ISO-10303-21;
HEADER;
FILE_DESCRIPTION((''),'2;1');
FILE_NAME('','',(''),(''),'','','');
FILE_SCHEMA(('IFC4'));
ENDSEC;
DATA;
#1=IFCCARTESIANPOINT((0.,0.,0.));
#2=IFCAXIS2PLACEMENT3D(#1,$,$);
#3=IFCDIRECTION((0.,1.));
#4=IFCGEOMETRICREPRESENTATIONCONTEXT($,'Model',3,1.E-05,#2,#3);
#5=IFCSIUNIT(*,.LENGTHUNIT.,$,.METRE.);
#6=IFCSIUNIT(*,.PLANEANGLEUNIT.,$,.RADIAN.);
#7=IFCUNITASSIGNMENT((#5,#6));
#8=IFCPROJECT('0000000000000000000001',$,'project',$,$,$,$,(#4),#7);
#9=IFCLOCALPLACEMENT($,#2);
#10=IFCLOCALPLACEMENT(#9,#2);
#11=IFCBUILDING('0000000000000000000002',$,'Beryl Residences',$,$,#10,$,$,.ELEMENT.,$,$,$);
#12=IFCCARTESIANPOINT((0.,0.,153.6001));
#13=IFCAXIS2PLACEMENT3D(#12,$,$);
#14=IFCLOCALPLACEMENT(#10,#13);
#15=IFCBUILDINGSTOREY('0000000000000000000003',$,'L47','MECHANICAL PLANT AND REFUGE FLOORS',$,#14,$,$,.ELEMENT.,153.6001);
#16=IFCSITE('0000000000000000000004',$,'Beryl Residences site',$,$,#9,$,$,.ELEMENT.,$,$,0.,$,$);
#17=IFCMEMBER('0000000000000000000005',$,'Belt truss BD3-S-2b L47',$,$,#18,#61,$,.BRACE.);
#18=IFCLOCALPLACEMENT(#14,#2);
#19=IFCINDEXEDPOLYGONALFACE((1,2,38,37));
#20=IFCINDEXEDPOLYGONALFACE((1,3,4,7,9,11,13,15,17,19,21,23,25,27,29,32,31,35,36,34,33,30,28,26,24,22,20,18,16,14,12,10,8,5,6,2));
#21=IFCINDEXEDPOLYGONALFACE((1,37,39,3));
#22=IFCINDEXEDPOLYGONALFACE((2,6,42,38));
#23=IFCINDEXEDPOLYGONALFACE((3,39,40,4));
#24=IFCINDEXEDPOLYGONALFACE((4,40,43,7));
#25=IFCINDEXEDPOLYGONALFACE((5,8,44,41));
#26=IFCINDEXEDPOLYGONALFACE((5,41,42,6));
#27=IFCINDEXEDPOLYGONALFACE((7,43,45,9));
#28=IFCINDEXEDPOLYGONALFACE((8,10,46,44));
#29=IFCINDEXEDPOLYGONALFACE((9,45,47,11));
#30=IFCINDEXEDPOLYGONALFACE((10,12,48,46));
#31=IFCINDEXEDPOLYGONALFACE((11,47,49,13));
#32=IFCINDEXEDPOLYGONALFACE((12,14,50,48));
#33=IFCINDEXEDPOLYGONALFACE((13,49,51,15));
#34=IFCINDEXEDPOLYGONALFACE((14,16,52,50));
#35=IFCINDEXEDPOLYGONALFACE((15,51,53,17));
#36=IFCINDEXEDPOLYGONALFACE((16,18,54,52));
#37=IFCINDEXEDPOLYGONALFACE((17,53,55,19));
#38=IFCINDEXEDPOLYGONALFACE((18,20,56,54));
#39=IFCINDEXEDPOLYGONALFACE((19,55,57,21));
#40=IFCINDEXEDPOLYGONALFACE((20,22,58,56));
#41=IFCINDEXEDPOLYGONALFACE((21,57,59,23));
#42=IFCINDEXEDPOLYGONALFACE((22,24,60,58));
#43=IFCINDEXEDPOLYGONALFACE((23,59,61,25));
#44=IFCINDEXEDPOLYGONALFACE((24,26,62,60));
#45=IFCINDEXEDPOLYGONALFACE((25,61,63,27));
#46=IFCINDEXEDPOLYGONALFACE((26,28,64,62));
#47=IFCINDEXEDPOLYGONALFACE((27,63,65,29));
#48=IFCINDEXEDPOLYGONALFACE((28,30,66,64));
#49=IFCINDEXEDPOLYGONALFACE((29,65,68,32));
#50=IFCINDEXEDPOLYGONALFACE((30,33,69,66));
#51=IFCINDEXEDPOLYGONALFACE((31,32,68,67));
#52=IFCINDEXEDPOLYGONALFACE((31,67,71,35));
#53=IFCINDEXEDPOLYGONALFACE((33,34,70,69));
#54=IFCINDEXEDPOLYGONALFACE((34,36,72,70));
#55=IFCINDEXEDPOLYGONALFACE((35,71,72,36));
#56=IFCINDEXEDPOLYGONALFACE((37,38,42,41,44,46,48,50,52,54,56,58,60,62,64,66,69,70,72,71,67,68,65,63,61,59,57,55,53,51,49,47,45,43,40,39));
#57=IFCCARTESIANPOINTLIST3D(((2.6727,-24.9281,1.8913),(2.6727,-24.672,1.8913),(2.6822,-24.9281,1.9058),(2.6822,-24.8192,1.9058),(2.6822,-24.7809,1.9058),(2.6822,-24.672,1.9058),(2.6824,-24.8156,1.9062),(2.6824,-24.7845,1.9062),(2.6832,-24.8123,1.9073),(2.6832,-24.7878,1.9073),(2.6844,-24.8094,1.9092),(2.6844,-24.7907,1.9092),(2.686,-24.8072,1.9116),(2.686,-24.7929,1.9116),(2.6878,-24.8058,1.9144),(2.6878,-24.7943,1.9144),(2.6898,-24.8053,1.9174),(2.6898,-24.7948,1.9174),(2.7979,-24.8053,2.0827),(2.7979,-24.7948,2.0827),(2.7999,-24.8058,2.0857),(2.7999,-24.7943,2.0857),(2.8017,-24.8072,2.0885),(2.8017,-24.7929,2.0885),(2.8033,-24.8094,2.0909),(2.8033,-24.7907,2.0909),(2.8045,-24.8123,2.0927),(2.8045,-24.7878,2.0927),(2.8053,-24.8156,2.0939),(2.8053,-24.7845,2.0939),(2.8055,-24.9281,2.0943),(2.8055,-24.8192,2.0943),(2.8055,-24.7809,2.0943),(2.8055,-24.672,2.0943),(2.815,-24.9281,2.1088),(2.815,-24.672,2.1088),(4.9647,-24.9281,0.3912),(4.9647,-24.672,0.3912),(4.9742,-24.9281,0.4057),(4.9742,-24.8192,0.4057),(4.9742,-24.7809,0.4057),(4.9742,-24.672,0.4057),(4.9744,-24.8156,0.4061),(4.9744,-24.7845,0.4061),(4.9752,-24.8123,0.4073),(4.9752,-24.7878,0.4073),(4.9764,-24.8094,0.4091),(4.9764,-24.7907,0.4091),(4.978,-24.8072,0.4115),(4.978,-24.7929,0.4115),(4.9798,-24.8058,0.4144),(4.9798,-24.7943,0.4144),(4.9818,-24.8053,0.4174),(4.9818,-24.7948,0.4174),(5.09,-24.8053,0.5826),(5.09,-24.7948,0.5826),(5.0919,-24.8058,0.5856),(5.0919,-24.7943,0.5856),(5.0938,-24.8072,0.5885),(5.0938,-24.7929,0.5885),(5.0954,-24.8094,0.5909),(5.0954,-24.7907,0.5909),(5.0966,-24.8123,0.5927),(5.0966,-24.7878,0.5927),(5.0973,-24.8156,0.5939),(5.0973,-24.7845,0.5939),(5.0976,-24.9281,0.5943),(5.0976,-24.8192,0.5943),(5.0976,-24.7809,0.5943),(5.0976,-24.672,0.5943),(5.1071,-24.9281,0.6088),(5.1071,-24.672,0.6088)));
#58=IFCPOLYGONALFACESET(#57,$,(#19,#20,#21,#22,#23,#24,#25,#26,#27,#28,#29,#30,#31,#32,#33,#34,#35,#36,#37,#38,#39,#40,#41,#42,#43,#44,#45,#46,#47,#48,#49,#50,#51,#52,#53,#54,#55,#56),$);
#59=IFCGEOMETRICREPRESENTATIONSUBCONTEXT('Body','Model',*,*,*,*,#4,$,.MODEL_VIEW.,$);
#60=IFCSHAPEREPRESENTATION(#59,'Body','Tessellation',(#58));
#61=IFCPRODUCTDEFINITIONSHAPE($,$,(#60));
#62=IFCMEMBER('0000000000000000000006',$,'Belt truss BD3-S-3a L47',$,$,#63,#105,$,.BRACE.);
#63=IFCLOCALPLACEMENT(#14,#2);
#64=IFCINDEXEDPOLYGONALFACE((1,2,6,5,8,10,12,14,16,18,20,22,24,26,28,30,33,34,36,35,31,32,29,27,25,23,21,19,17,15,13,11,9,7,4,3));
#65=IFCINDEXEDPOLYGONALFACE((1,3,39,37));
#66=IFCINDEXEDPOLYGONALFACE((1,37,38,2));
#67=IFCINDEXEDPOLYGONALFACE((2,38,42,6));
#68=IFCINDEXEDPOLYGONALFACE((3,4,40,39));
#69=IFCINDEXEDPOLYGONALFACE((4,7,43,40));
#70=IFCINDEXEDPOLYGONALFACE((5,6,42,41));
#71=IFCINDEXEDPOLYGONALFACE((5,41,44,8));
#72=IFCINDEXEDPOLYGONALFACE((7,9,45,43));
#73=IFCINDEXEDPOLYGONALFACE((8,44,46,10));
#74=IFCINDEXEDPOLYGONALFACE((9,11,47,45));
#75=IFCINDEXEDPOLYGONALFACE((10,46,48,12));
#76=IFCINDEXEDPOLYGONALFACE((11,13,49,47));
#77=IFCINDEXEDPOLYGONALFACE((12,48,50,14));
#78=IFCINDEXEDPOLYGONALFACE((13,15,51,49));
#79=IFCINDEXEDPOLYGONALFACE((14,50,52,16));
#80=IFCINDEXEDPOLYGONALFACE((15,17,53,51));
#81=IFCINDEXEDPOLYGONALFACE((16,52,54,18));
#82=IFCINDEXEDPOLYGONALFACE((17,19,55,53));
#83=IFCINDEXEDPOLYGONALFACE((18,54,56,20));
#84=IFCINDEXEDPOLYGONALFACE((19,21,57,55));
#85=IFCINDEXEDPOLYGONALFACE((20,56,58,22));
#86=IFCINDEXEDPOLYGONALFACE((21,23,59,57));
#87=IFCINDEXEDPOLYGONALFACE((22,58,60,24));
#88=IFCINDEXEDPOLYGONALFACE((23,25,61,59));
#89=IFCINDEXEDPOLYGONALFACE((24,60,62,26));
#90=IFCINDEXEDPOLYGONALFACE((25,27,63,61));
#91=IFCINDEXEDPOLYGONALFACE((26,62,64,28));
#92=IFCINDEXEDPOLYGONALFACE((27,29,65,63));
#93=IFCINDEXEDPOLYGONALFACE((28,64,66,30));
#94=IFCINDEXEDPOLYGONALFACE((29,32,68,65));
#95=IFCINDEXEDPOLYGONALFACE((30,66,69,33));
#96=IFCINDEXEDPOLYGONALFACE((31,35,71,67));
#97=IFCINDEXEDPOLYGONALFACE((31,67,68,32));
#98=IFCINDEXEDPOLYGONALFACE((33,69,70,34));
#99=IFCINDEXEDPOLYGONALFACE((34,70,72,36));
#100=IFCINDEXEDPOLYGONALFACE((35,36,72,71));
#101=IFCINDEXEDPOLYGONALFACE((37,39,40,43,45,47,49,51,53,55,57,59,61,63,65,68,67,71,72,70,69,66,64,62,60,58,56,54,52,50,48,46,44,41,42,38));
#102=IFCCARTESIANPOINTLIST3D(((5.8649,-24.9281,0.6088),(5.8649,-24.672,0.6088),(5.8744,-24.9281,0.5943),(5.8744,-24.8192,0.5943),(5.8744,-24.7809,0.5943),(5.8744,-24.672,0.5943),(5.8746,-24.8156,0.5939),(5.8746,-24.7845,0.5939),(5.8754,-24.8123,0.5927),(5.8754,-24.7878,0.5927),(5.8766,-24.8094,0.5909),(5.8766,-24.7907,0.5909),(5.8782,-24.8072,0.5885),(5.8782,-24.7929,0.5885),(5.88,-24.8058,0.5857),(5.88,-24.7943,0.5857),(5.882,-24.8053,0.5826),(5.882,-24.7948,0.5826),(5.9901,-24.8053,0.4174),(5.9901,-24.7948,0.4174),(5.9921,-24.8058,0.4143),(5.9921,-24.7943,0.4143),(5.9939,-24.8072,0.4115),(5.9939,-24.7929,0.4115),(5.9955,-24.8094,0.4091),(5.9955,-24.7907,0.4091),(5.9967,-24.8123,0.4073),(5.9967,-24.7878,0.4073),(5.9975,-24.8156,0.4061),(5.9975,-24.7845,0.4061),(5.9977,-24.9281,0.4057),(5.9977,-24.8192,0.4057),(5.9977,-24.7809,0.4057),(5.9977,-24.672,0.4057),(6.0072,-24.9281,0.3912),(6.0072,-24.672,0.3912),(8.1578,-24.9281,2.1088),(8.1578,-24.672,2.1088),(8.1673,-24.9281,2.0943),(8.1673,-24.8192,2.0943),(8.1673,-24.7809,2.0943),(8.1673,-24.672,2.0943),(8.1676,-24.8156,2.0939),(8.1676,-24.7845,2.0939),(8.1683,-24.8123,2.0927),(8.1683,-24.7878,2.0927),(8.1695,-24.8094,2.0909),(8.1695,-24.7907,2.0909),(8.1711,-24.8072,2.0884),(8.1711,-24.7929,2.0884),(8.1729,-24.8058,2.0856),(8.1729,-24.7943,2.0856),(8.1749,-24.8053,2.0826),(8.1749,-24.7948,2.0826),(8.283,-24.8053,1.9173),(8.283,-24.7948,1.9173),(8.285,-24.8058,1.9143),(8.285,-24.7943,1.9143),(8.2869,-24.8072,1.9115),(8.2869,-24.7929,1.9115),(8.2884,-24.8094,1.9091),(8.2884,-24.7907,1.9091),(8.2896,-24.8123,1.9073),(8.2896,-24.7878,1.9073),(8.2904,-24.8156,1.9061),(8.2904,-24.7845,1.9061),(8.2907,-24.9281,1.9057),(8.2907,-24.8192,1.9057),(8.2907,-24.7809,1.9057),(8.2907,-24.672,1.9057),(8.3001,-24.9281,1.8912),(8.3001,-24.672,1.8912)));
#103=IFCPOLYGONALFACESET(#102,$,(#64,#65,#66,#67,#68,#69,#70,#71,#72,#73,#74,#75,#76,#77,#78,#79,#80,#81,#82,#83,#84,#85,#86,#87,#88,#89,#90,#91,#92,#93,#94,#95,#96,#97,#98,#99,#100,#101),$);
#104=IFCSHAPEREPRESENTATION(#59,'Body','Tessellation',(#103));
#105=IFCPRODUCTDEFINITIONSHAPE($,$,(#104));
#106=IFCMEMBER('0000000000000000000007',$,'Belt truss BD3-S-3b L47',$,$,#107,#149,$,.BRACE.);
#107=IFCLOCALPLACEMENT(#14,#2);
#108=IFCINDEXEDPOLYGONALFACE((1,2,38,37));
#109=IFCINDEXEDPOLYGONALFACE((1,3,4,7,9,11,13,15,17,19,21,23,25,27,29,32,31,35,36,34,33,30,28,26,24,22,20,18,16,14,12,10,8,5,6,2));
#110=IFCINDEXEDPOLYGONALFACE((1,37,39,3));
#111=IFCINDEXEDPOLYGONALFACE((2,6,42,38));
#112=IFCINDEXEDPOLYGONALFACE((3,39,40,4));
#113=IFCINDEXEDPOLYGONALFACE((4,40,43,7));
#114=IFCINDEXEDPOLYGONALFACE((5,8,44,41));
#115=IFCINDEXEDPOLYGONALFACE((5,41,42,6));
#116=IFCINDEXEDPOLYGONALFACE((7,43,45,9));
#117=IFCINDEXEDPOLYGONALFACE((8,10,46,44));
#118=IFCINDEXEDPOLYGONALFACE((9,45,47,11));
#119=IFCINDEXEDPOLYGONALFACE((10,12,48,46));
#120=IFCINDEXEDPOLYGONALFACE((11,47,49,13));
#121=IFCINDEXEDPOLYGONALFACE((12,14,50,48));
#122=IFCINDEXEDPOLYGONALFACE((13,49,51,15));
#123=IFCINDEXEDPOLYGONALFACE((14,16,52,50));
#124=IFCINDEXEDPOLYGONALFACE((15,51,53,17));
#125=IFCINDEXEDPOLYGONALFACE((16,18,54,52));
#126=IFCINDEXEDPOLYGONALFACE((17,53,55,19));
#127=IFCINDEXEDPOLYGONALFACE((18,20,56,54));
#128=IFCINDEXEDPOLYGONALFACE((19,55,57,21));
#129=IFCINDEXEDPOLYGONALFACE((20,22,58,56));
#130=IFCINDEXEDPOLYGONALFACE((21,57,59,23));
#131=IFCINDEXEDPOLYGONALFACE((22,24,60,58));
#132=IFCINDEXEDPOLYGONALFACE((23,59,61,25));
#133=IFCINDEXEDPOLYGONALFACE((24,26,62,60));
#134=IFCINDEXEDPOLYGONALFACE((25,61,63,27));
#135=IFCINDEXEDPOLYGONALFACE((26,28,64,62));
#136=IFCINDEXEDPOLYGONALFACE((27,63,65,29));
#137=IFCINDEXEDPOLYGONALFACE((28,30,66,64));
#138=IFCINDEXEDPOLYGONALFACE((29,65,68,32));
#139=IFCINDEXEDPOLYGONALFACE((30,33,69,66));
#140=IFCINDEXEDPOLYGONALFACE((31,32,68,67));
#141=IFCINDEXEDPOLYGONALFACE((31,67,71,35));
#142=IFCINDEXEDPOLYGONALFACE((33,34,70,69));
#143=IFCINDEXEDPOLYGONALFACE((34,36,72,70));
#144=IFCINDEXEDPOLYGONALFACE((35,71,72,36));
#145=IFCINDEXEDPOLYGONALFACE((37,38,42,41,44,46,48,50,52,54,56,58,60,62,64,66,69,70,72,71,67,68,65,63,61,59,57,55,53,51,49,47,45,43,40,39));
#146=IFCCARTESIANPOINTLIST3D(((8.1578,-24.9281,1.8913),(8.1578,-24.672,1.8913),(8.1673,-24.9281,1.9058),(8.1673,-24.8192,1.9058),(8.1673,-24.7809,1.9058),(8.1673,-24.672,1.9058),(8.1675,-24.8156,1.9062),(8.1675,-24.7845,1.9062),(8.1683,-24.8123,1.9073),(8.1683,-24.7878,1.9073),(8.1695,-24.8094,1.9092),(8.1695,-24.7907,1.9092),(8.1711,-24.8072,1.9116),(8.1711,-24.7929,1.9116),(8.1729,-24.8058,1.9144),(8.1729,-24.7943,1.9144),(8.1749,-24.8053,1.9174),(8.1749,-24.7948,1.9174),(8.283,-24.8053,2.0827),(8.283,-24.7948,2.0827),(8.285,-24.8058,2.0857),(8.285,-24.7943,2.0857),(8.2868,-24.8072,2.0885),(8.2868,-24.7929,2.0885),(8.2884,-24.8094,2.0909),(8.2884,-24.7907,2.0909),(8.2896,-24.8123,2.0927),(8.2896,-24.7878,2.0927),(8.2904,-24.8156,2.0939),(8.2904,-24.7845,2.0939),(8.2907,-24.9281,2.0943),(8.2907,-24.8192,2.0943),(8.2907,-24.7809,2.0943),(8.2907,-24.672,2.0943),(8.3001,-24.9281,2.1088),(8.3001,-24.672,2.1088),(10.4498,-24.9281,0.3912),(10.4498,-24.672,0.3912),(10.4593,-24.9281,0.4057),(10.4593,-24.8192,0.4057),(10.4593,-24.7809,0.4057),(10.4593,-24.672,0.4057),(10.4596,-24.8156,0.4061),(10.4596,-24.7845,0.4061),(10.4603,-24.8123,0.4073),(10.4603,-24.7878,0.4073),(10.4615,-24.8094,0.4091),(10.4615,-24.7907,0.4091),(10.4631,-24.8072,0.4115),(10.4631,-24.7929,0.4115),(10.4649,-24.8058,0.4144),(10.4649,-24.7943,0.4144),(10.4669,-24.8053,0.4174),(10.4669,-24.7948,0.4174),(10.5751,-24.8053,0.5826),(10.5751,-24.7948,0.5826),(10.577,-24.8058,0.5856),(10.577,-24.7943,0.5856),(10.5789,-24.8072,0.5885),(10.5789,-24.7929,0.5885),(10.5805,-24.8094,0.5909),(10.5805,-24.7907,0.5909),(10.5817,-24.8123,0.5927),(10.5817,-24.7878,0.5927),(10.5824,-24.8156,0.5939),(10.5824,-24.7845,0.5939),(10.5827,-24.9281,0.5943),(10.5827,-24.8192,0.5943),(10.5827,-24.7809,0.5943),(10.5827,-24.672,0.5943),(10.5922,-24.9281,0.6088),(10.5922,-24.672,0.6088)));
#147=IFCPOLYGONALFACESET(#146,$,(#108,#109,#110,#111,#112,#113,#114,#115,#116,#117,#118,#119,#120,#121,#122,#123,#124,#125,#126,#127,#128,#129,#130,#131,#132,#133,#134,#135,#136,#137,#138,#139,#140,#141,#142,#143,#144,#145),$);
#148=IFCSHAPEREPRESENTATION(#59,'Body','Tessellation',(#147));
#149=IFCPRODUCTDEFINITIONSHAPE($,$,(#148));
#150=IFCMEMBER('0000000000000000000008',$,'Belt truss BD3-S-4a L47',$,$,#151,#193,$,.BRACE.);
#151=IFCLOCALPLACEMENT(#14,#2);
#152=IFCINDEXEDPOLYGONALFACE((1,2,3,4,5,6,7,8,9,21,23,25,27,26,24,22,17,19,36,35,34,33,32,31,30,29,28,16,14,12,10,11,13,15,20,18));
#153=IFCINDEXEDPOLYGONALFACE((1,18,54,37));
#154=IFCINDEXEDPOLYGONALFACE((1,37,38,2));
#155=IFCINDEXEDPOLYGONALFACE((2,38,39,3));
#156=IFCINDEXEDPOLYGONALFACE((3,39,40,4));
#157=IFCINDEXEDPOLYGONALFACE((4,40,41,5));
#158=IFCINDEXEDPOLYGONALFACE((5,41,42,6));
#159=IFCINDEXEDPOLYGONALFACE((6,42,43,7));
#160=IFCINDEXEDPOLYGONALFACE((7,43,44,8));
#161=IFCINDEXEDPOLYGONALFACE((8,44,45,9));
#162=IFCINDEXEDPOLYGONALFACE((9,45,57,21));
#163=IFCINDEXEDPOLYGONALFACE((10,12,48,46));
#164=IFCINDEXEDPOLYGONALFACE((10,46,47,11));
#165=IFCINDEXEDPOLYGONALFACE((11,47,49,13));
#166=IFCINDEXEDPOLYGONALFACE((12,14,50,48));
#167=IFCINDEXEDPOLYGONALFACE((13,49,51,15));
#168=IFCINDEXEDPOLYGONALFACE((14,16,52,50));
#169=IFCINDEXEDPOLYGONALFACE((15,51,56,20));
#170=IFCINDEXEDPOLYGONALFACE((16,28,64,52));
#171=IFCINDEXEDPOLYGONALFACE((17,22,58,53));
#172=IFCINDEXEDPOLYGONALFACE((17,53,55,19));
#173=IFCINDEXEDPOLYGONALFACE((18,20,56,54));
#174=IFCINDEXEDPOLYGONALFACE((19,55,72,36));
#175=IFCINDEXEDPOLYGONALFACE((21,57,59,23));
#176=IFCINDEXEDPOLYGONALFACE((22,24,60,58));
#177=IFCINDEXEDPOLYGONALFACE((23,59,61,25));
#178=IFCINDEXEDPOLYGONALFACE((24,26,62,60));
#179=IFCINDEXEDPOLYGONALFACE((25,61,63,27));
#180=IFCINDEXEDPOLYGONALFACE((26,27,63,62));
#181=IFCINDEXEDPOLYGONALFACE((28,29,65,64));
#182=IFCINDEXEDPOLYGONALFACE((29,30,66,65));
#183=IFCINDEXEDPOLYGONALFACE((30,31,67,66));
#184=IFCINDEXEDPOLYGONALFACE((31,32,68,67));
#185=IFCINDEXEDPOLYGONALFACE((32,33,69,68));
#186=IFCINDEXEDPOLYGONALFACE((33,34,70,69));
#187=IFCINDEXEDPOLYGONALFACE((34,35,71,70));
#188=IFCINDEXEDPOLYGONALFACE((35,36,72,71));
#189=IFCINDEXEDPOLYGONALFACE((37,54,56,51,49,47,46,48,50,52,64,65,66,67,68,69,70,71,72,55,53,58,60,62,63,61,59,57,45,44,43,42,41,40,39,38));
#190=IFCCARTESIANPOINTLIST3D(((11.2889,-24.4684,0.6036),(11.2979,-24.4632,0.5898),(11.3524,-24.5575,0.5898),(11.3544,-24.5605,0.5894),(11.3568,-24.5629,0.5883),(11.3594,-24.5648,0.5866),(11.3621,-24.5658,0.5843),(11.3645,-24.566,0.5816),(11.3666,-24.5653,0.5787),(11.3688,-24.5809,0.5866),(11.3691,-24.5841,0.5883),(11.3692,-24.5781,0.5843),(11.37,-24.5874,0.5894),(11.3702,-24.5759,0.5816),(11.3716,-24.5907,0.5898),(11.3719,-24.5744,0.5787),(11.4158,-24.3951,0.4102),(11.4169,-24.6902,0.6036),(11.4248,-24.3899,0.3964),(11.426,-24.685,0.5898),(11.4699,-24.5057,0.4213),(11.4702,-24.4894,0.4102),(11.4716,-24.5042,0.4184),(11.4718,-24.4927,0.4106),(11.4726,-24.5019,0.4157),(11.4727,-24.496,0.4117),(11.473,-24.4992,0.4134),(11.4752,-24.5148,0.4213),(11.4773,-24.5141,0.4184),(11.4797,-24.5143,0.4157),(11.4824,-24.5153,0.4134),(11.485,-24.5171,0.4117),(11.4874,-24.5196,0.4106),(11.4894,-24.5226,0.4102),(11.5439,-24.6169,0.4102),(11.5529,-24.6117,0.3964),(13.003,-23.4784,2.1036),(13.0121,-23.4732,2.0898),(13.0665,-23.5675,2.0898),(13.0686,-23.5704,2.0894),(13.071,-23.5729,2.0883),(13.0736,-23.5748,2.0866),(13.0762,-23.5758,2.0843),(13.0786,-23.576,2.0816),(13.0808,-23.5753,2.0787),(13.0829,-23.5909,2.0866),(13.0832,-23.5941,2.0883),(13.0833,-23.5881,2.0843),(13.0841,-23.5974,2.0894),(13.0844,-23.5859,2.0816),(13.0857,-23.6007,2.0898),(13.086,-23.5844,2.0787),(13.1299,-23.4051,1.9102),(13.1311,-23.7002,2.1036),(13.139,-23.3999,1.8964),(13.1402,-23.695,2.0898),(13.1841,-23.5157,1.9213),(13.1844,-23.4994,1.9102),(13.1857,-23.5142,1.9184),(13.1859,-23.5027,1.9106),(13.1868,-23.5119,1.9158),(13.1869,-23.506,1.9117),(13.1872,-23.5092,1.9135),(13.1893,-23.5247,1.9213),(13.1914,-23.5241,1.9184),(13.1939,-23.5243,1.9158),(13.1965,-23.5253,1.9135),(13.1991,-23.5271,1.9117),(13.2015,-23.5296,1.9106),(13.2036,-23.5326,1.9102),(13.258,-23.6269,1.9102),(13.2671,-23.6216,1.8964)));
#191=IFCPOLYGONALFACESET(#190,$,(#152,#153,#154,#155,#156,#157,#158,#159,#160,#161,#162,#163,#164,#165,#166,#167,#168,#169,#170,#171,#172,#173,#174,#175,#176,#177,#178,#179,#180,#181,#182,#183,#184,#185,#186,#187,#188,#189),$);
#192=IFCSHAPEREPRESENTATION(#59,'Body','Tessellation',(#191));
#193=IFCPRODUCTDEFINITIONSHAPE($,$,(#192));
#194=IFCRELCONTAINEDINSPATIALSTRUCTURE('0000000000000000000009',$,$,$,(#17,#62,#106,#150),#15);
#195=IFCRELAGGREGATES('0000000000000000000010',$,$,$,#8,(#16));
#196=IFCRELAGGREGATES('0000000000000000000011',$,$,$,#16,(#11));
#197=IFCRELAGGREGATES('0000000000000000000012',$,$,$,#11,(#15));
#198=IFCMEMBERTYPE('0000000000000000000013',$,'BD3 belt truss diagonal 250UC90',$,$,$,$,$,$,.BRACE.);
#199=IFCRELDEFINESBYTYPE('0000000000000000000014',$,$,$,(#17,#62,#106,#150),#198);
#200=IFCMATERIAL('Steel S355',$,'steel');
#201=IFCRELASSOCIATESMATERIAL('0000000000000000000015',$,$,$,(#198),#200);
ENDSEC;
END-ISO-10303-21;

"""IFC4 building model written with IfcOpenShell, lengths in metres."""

from ifc_helpers import new_model, si_unit, direction, frame, origin, origin_2d, place, context, subcontext, project, spatial, i_section, extrude, material, material_profile, profile_set, type_object, element, save


model = new_model("IFC4")

# Units and contexts
model_context = context("Model", 3, precision=1e-05, world=origin(), true_north=direction((0.0, 1.0)))
body_context = subcontext(model_context, "Body", "Model", "MODEL_VIEW")
ifc_project = project(units=[si_unit("LENGTHUNIT", "METRE"), si_unit("PLANEANGLEUNIT", "RADIAN")], contexts=[model_context])

# Site, building, storey
site_placement = place(None, origin())
site = spatial("IfcSite", under=ifc_project, at=site_placement, Name="Beryl Residences site", CompositionType="ELEMENT", RefElevation=0.0)
building_placement = place(site_placement, origin())
building = spatial("IfcBuilding", under=site, at=building_placement, Name="Beryl Residences", CompositionType="ELEMENT")
storey_placement = place(building_placement, frame((0.0, 0.0, 153.6001)))
storey = spatial("IfcBuildingStorey", under=building, at=storey_placement, Name="L47", Description="MECHANICAL PLANT AND REFUGE FLOORS", CompositionType="ELEMENT", Elevation=153.6001)

# Members
ifc_material_1 = material(Name="Steel S355", Category="steel")
ifc_material_profile_1 = material_profile(ifc_material_1, i_section(OverallWidth=0.2561, OverallDepth=0.26, WebThickness=0.0105, FlangeThickness=0.0173, FilletRadius=0.0139, at=origin_2d()))
ifc_profile_set_1 = profile_set([ifc_material_profile_1], Name="Steel S355")
member_type_1 = type_object("IfcMemberType", Name="BD3 belt truss diagonal 250UC90", PredefinedType="BRACE", material=ifc_profile_set_1)
member_1_placement = place(storey_placement, frame((5.0359, -24.8, 0.5), z_axis=(-0.836737, 0.0, 0.547605), x_axis=(0.0, -1.0, 0.0)))
element("IfcMember", 1, at=member_1_placement, inside=storey, type_object=member_type_1, Name="Belt truss BD3-S-2b L47", PredefinedType="BRACE", context=body_context, shape_type="SweptSolid", body=[
    extrude(i_section(OverallWidth=0.2561, OverallDepth=0.26, WebThickness=0.0105, FlangeThickness=0.0173, FilletRadius=0.0139, at=origin_2d()), origin(), (0.0, 0.0, 1.0), 2.7393),
])
member_2_placement = place(storey_placement, frame((5.936, -24.8, 0.5), z_axis=(0.836844, 0.0, 0.547441), x_axis=(0.0, 1.0, 0.0)))
element("IfcMember", 2, at=member_2_placement, inside=storey, type_object=member_type_1, Name="Belt truss BD3-S-3a L47", PredefinedType="BRACE", context=body_context, shape_type="SweptSolid", body=[
    extrude(i_section(OverallWidth=0.2561, OverallDepth=0.26, WebThickness=0.0105, FlangeThickness=0.0173, FilletRadius=0.0139, at=origin_2d()), origin(), (0.0, 0.0, 1.0), 2.74),
])
member_3_placement = place(storey_placement, frame((10.521, -24.8, 0.5), z_axis=(-0.836737, 0.0, 0.547605), x_axis=(0.0, -1.0, 0.0)))
element("IfcMember", 3, at=member_3_placement, inside=storey, type_object=member_type_1, Name="Belt truss BD3-S-3b L47", PredefinedType="BRACE", context=body_context, shape_type="SweptSolid", body=[
    extrude(i_section(OverallWidth=0.2561, OverallDepth=0.26, WebThickness=0.0105, FlangeThickness=0.0173, FilletRadius=0.0139, at=origin_2d()), origin(), (0.0, 0.0, 1.0), 2.7393),
])
member_4_placement = place(storey_placement, frame((11.4209, -24.54, 0.5), z_axis=(0.690173, 0.398611, 0.603963), x_axis=(-0.500132, 0.865949, 0.0)))
element("IfcMember", 4, at=member_4_placement, inside=storey, type_object=member_type_1, Name="Belt truss BD3-S-4a L47", PredefinedType="BRACE", context=body_context, shape_type="SweptSolid", body=[
    extrude(i_section(OverallWidth=0.2561, OverallDepth=0.26, WebThickness=0.0105, FlangeThickness=0.0173, FilletRadius=0.0139, at=origin_2d()), origin(), (0.0, 0.0, 1.0), 2.4836),
])

save(model, "model.ifc")
